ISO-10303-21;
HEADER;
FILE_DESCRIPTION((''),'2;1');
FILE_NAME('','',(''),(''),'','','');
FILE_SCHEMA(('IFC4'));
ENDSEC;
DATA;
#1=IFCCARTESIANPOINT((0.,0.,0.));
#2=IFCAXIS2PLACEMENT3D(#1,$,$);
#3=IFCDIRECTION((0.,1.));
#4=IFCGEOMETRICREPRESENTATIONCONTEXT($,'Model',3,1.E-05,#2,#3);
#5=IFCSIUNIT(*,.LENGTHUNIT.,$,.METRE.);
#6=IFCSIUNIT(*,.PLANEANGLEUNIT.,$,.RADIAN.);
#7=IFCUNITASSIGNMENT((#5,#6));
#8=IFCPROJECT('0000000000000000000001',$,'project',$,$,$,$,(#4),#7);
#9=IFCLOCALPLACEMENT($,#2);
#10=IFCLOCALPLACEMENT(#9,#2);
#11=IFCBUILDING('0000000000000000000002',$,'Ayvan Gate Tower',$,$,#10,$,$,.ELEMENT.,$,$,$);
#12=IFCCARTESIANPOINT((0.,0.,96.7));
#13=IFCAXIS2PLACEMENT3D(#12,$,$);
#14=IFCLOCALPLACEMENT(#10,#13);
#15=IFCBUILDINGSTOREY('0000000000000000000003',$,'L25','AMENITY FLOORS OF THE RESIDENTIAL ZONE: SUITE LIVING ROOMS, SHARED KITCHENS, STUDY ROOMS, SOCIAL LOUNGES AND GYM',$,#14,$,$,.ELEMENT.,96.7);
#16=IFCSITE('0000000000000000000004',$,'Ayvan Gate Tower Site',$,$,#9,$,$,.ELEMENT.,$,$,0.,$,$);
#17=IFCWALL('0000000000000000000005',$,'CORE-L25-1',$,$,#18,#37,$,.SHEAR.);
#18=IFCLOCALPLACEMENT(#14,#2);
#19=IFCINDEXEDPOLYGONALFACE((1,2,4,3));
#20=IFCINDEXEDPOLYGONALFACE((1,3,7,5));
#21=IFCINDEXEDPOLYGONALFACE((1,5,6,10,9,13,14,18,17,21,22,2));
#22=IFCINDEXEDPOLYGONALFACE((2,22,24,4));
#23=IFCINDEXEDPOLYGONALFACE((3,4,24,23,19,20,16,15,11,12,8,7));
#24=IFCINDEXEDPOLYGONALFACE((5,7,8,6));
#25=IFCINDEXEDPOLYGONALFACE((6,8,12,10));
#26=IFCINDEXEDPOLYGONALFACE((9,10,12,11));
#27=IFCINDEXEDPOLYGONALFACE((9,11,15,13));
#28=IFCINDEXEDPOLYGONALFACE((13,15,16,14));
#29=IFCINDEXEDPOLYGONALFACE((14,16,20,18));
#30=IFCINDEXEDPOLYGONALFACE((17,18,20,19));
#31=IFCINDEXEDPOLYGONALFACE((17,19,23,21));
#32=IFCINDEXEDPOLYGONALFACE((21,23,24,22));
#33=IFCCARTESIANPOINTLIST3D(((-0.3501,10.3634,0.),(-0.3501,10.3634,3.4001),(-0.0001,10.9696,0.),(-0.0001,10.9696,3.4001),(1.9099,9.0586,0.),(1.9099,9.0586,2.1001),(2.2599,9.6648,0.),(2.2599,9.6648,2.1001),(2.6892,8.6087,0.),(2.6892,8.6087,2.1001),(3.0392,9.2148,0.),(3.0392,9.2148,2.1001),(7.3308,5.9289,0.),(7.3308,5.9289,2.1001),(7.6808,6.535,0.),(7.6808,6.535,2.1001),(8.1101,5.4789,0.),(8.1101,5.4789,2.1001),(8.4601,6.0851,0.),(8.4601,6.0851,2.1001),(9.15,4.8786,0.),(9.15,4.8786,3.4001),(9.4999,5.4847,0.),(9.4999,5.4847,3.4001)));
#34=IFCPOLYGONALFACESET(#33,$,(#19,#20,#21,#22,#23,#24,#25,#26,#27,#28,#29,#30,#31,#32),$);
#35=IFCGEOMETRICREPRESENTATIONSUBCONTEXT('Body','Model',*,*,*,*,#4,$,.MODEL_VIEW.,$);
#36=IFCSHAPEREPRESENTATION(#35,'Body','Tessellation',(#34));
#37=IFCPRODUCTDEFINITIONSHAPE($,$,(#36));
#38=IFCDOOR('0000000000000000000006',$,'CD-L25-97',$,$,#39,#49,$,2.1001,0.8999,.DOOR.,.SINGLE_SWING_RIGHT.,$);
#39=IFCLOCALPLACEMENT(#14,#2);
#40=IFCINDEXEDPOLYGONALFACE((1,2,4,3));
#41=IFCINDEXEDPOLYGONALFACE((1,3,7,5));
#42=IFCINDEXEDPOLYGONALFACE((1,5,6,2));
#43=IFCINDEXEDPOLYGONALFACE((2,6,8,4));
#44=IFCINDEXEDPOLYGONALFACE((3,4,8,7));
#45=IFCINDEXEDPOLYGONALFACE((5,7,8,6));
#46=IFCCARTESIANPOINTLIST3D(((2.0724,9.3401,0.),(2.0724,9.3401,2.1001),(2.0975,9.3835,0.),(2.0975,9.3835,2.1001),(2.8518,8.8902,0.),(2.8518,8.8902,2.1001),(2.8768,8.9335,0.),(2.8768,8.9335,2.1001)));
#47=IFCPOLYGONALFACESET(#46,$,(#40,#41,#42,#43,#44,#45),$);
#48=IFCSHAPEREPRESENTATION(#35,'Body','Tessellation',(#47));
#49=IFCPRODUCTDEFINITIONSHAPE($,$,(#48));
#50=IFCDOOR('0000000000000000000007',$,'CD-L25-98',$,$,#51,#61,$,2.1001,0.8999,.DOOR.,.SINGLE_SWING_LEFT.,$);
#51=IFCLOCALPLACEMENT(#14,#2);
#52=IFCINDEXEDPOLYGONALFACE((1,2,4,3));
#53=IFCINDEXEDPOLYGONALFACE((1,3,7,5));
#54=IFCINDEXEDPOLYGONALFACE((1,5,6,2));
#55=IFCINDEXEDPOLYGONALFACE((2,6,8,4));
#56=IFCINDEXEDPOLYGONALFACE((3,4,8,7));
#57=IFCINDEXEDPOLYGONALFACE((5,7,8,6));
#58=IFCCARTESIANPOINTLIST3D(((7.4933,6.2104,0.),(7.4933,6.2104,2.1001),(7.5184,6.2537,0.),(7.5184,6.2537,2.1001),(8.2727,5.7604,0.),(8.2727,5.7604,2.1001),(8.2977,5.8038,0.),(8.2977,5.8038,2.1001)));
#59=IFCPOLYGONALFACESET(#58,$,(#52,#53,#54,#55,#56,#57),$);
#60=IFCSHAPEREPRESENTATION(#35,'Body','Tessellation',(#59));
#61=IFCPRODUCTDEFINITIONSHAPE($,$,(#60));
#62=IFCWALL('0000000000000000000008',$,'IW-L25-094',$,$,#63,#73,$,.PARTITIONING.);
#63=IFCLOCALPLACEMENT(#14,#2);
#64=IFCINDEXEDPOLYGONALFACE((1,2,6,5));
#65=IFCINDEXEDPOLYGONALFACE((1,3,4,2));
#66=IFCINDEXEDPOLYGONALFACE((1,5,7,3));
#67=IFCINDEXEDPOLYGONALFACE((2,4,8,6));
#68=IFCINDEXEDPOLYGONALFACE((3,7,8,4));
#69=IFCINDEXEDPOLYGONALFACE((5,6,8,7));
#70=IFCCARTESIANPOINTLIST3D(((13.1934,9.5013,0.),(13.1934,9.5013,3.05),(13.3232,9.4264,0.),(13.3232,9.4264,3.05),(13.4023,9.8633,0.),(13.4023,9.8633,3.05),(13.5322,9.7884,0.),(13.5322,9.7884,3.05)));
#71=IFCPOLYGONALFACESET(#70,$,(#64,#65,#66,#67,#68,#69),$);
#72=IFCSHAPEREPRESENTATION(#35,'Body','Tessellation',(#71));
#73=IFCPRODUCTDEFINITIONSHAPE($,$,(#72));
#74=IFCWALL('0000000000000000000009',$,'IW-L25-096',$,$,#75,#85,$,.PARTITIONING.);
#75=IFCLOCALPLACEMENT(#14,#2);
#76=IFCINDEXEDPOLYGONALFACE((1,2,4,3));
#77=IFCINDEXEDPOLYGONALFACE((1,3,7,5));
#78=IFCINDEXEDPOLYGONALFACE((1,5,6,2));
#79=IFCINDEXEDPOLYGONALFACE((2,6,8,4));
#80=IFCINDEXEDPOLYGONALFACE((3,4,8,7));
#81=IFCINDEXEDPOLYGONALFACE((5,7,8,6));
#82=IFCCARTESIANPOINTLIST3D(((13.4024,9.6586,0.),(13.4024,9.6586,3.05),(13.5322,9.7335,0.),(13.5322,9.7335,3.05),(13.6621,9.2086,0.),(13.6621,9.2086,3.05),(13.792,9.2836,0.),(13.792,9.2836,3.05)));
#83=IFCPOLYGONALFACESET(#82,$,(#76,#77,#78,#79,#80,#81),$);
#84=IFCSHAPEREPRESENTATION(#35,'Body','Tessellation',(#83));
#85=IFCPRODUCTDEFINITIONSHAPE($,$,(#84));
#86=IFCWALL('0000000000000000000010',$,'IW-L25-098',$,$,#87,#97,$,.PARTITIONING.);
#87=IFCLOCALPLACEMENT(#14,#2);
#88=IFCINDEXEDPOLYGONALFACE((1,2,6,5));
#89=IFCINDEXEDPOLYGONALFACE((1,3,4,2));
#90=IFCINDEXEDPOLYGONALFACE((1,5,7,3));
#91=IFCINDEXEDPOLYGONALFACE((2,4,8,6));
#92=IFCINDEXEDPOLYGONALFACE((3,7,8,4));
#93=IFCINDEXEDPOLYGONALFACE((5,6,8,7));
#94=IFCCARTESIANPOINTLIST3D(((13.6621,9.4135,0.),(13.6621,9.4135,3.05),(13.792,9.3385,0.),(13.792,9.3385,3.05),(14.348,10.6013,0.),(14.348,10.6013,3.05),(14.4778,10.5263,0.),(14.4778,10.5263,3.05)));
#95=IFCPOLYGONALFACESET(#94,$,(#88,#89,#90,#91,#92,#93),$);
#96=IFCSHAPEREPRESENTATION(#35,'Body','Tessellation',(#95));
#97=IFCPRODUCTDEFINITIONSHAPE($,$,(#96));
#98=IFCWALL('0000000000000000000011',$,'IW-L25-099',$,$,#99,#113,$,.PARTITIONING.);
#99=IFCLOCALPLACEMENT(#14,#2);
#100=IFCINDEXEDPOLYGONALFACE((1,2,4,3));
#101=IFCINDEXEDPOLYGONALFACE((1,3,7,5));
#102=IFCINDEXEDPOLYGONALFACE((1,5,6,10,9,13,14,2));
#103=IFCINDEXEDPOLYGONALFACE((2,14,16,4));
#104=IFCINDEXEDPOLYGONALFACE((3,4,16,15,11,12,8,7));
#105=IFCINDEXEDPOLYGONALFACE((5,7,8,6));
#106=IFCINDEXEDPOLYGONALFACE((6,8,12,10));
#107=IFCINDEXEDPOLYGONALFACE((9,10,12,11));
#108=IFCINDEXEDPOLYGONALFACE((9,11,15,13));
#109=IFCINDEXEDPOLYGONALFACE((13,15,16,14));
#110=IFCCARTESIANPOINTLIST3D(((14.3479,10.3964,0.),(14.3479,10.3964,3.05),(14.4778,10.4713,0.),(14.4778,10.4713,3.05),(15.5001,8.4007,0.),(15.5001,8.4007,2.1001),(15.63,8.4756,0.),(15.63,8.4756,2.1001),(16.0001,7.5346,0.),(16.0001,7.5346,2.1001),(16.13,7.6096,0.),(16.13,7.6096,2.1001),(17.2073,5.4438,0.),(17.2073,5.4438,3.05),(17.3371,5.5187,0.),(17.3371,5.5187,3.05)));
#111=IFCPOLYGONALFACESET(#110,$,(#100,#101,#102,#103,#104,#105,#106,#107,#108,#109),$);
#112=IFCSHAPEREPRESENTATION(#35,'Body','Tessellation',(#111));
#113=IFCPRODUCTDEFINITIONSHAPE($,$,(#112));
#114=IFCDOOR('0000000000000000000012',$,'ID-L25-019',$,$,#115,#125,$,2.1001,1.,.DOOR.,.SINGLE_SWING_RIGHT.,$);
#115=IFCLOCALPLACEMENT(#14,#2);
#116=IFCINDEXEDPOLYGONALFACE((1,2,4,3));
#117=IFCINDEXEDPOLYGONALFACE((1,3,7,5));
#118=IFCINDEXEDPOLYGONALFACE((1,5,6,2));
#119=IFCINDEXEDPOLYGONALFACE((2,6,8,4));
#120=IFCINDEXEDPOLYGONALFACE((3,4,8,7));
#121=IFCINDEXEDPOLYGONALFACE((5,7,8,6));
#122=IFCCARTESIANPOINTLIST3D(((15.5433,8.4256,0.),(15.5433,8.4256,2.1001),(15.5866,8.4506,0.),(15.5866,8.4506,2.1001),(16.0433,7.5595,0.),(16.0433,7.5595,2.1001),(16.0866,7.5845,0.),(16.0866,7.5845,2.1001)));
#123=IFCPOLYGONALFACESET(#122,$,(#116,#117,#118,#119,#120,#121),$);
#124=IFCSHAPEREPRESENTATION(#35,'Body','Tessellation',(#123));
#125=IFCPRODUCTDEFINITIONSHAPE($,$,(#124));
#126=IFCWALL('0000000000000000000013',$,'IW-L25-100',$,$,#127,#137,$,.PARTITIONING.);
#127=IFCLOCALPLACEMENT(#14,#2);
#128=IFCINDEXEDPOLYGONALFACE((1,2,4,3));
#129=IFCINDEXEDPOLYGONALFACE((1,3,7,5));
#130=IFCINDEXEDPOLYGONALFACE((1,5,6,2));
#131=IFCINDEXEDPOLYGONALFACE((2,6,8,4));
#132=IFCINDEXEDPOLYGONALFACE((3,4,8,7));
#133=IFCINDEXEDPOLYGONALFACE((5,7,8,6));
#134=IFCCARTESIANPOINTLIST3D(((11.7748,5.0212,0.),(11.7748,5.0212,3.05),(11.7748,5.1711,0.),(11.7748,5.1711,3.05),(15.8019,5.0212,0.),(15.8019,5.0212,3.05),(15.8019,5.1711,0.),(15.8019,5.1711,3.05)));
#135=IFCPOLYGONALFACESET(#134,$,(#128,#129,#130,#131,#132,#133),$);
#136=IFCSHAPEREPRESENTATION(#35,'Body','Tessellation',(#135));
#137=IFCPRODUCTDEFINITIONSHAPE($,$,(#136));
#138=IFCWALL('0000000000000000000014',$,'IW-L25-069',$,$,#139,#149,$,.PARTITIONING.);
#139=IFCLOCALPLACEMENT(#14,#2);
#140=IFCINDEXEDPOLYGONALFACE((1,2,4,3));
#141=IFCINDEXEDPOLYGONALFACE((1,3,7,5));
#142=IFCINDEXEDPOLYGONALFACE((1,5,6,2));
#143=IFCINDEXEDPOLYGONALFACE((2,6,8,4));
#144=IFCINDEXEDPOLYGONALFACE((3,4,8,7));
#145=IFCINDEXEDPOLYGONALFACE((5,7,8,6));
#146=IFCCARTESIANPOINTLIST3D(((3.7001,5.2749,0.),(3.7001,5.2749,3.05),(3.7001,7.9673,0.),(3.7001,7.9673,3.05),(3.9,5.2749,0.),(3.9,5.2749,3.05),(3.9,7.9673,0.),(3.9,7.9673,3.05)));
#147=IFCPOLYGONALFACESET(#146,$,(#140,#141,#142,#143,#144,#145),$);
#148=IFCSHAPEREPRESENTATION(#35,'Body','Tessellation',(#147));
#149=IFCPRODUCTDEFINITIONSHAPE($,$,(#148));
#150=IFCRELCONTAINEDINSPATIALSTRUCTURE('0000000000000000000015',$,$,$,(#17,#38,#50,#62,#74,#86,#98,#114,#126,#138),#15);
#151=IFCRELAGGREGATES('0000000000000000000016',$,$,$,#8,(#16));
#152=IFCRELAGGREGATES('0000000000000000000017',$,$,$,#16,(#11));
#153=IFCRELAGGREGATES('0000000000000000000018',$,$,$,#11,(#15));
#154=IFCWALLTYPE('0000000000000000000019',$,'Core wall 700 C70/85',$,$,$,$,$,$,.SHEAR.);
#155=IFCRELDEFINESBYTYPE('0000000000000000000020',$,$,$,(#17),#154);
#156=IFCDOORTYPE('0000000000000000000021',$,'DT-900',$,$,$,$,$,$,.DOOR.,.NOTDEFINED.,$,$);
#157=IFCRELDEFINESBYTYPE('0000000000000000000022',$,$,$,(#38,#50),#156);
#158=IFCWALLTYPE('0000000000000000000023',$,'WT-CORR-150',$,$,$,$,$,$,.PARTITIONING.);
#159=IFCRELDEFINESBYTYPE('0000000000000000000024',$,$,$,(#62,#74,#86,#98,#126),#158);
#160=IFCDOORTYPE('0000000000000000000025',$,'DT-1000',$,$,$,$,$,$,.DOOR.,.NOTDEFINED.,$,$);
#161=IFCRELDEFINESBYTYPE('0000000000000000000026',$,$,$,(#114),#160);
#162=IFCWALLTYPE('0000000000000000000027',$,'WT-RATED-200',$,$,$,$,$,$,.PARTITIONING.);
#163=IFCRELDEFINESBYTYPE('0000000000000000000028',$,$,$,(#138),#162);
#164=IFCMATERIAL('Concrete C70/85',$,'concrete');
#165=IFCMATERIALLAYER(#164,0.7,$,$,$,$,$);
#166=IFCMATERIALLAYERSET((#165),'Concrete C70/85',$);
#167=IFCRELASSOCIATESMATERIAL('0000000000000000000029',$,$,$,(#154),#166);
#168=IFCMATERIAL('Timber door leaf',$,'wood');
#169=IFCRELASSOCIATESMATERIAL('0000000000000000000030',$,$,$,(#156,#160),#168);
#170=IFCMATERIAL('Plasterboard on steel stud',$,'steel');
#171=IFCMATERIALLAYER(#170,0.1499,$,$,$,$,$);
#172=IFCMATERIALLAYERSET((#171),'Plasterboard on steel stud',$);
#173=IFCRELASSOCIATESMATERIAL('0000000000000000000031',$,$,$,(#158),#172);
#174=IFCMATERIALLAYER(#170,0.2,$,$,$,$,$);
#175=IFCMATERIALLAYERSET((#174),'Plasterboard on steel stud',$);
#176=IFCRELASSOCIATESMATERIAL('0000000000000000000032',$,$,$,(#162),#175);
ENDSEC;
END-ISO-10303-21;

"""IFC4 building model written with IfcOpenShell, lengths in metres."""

from ifc_helpers import new_model, si_unit, direction, frame, frame_2d, origin, place, context, subcontext, project, spatial, rectangle, extrude, material, layer, layer_set, type_object, element, fill, save


model = new_model("IFC4")

# Units and contexts
model_context = context("Model", 3, precision=1e-05, world=origin(), true_north=direction((0.0, 1.0)))
body_context = subcontext(model_context, "Body", "Model", "MODEL_VIEW")
ifc_project = project(units=[si_unit("LENGTHUNIT", "METRE"), si_unit("PLANEANGLEUNIT", "RADIAN")], contexts=[model_context])

# Site, building, storey
site_placement = place(None, origin())
site = spatial("IfcSite", under=ifc_project, at=site_placement, Name="Ayvan Gate Tower Site", CompositionType="ELEMENT", RefElevation=0.0)
building_placement = place(site_placement, origin())
building = spatial("IfcBuilding", under=site, at=building_placement, Name="Ayvan Gate Tower", CompositionType="ELEMENT")
storey_placement = place(building_placement, frame((0.0, 0.0, 96.7)))
storey = spatial("IfcBuildingStorey", under=building, at=storey_placement, Name="L25", Description="AMENITY FLOORS OF THE RESIDENTIAL ZONE: SUITE LIVING ROOMS, SHARED KITCHENS, STUDY ROOMS, SOCIAL LOUNGES AND GYM", CompositionType="ELEMENT", Elevation=96.7)

# Wall, openings, doors
ifc_material_1 = material(Name="Concrete C70/85", Category="concrete")
ifc_layer_1 = layer(ifc_material_1, 0.7)
ifc_layer_set_1 = layer_set([ifc_layer_1], Name="Concrete C70/85")
wall_type_1 = type_object("IfcWallType", Name="Core wall 700 C70/85", PredefinedType="SHEAR", material=ifc_layer_set_1)
wall_1_placement = place(storey_placement, frame((9.325, 5.1816, 0.0), z_axis=(0.0, 0.0, 1.0), x_axis=(-0.866024, 0.500002, 0.0)))
wall_1 = element("IfcWall", 1, at=wall_1_placement, inside=storey, type_object=wall_type_1, Name="CORE-L25-1", PredefinedType="SHEAR", context=body_context, shape_type="SweptSolid", body=[
    extrude(rectangle(XDim=10.9697, YDim=0.7, at=frame_2d((5.4849, 0.0))), origin(), (0.0, 0.0, 1.0), 3.4001),
])
opening_1_placement = place(wall_1_placement, frame((7.4602, 0.0, 0.0)))
opening_1 = element("IfcOpeningElement", 2, at=opening_1_placement, cuts=wall_1, PredefinedType="OPENING", context=body_context, shape_type="SweptSolid", body=[
    extrude(rectangle(XDim=0.8999, YDim=2.1001, at=frame_2d((0.45, 1.05))), frame((0.0, 0.3599, 0.0), z_axis=(0.0, -1.0, 0.0), x_axis=(1.0, 0.0, 0.0)), (0.0, 0.0, 1.0), 0.72),
])
opening_2_placement = place(wall_1_placement, frame((1.2007, 0.0, 0.0)))
opening_2 = element("IfcOpeningElement", 3, at=opening_2_placement, cuts=wall_1, PredefinedType="OPENING", context=body_context, shape_type="SweptSolid", body=[
    extrude(rectangle(XDim=0.8999, YDim=2.1001, at=frame_2d((0.45, 1.05))), frame((0.0, 0.3599, 0.0), z_axis=(0.0, -1.0, 0.0), x_axis=(1.0, 0.0, 0.0)), (0.0, 0.0, 1.0), 0.72),
])
ifc_material_2 = material(Name="Timber door leaf", Category="wood")
door_type_1 = type_object("IfcDoorType", Name="DT-900", OperationType="NOTDEFINED", PredefinedType="DOOR", material=ifc_material_2)
door_1_placement = place(opening_1_placement, origin())
door_1 = element("IfcDoor", 4, at=door_1_placement, inside=storey, type_object=door_type_1, Name="CD-L25-97", OperationType="SINGLE_SWING_RIGHT", OverallHeight=2.1001, OverallWidth=0.8999, PredefinedType="DOOR", context=body_context, shape_type="SweptSolid", body=[
    extrude(rectangle(XDim=0.8999, YDim=2.1001, at=frame_2d((0.45, 1.05))), frame((0.0, 0.0249, 0.0), z_axis=(0.0, -1.0, 0.0), x_axis=(1.0, 0.0, 0.0)), (0.0, 0.0, 1.0), 0.05),
])
fill(opening_1, door_1)
door_2_placement = place(opening_2_placement, origin())
door_2 = element("IfcDoor", 5, at=door_2_placement, inside=storey, type_object=door_type_1, Name="CD-L25-98", OperationType="SINGLE_SWING_LEFT", OverallHeight=2.1001, OverallWidth=0.8999, PredefinedType="DOOR", context=body_context, shape_type="SweptSolid", body=[
    extrude(rectangle(XDim=0.8999, YDim=2.1001, at=frame_2d((0.45, 1.05))), frame((0.0, 0.0249, 0.0), z_axis=(0.0, -1.0, 0.0), x_axis=(1.0, 0.0, 0.0)), (0.0, 0.0, 1.0), 0.05),
])
fill(opening_2, door_2)

# Walls
ifc_material_3 = material(Name="Plasterboard on steel stud", Category="steel")
ifc_layer_2 = layer(ifc_material_3, 0.1499)
ifc_layer_set_2 = layer_set([ifc_layer_2], Name="Plasterboard on steel stud")
wall_type_2 = type_object("IfcWallType", Name="WT-CORR-150", PredefinedType="PARTITIONING", material=ifc_layer_set_2)
wall_2_placement = place(storey_placement, frame((13.2583, 9.4639, 0.0), z_axis=(0.0, 0.0, 1.0), x_axis=(0.499908, 0.866079, 0.0)))
element("IfcWall", 6, at=wall_2_placement, inside=storey, type_object=wall_type_2, Name="IW-L25-094", PredefinedType="PARTITIONING", context=body_context, shape_type="SweptSolid", body=[
    extrude(rectangle(XDim=0.418, YDim=0.1499, at=frame_2d((0.209, 0.0))), origin(), (0.0, 0.0, 1.0), 3.05),
])
wall_3_placement = place(storey_placement, frame((13.4673, 9.696, 0.0), z_axis=(0.0, 0.0, 1.0), x_axis=(0.49998, -0.866037, 0.0)))
element("IfcWall", 7, at=wall_3_placement, inside=storey, type_object=wall_type_2, Name="IW-L25-096", PredefinedType="PARTITIONING", context=body_context, shape_type="SweptSolid", body=[
    extrude(rectangle(XDim=0.5195, YDim=0.1499, at=frame_2d((0.2598, 0.0))), origin(), (0.0, 0.0, 1.0), 3.05),
])
wall_4_placement = place(storey_placement, frame((13.7271, 9.376, 0.0), z_axis=(0.0, 0.0, 1.0), x_axis=(0.500025, 0.866011, 0.0)))
element("IfcWall", 8, at=wall_4_placement, inside=storey, type_object=wall_type_2, Name="IW-L25-098", PredefinedType="PARTITIONING", context=body_context, shape_type="SweptSolid", body=[
    extrude(rectangle(XDim=1.3716, YDim=0.1499, at=frame_2d((0.6858, 0.0))), origin(), (0.0, 0.0, 1.0), 3.05),
])

# Wall, opening, door
wall_5_placement = place(storey_placement, frame((14.4128, 10.4338, 0.0), z_axis=(0.0, 0.0, 1.0), x_axis=(0.499996, -0.866028, 0.0)))
wall_5 = element("IfcWall", 9, at=wall_5_placement, inside=storey, type_object=wall_type_2, Name="IW-L25-099", PredefinedType="PARTITIONING", context=body_context, shape_type="SweptSolid", body=[
    extrude(rectangle(XDim=5.7188, YDim=0.1499, at=frame_2d((2.8594, 0.0))), origin(), (0.0, 0.0, 1.0), 3.05),
])
opening_3_placement = place(wall_5_placement, frame((2.3044, 0.0, 0.0)))
opening_3 = element("IfcOpeningElement", 10, at=opening_3_placement, cuts=wall_5, PredefinedType="OPENING", context=body_context, shape_type="SweptSolid", body=[
    extrude(rectangle(XDim=1.0, YDim=2.1001, at=frame_2d((0.5, 1.05))), frame((0.0, 0.085, 0.0), z_axis=(0.0, -1.0, 0.0), x_axis=(1.0, 0.0, 0.0)), (0.0, 0.0, 1.0), 0.1699),
])
door_type_2 = type_object("IfcDoorType", Name="DT-1000", OperationType="NOTDEFINED", PredefinedType="DOOR", material=ifc_material_2)
door_3_placement = place(opening_3_placement, origin())
door_3 = element("IfcDoor", 11, at=door_3_placement, inside=storey, type_object=door_type_2, Name="ID-L25-019", OperationType="SINGLE_SWING_RIGHT", OverallHeight=2.1001, OverallWidth=1.0, PredefinedType="DOOR", context=body_context, shape_type="SweptSolid", body=[
    extrude(rectangle(XDim=1.0, YDim=2.1001, at=frame_2d((0.5, 1.05))), frame((0.0, 0.0249, 0.0), z_axis=(0.0, -1.0, 0.0), x_axis=(1.0, 0.0, 0.0)), (0.0, 0.0, 1.0), 0.05),
])
fill(opening_3, door_3)

# Walls
wall_6_placement = place(storey_placement, frame((15.802, 5.0962, 0.0), z_axis=(0.0, 0.0, 1.0), x_axis=(-1.0, 0.0, 0.0)))
element("IfcWall", 12, at=wall_6_placement, inside=storey, type_object=wall_type_2, Name="IW-L25-100", PredefinedType="PARTITIONING", context=body_context, shape_type="SweptSolid", body=[
    extrude(rectangle(XDim=4.0271, YDim=0.1499, at=frame_2d((2.0137, 0.0))), origin(), (0.0, 0.0, 1.0), 3.05),
])
ifc_layer_3 = layer(ifc_material_3, 0.2)
ifc_layer_set_3 = layer_set([ifc_layer_3], Name="Plasterboard on steel stud")
wall_type_3 = type_object("IfcWallType", Name="WT-RATED-200", PredefinedType="PARTITIONING", material=ifc_layer_set_3)
wall_7_placement = place(storey_placement, frame((3.8, 7.9673, 0.0), z_axis=(0.0, 0.0, 1.0), x_axis=(0.0, -1.0, 0.0)))
element("IfcWall", 13, at=wall_7_placement, inside=storey, type_object=wall_type_3, Name="IW-L25-069", PredefinedType="PARTITIONING", context=body_context, shape_type="SweptSolid", body=[
    extrude(rectangle(XDim=2.6924, YDim=0.2, at=frame_2d((1.3462, 0.0))), origin(), (0.0, 0.0, 1.0), 3.05),
])

save(model, "model.ifc")
